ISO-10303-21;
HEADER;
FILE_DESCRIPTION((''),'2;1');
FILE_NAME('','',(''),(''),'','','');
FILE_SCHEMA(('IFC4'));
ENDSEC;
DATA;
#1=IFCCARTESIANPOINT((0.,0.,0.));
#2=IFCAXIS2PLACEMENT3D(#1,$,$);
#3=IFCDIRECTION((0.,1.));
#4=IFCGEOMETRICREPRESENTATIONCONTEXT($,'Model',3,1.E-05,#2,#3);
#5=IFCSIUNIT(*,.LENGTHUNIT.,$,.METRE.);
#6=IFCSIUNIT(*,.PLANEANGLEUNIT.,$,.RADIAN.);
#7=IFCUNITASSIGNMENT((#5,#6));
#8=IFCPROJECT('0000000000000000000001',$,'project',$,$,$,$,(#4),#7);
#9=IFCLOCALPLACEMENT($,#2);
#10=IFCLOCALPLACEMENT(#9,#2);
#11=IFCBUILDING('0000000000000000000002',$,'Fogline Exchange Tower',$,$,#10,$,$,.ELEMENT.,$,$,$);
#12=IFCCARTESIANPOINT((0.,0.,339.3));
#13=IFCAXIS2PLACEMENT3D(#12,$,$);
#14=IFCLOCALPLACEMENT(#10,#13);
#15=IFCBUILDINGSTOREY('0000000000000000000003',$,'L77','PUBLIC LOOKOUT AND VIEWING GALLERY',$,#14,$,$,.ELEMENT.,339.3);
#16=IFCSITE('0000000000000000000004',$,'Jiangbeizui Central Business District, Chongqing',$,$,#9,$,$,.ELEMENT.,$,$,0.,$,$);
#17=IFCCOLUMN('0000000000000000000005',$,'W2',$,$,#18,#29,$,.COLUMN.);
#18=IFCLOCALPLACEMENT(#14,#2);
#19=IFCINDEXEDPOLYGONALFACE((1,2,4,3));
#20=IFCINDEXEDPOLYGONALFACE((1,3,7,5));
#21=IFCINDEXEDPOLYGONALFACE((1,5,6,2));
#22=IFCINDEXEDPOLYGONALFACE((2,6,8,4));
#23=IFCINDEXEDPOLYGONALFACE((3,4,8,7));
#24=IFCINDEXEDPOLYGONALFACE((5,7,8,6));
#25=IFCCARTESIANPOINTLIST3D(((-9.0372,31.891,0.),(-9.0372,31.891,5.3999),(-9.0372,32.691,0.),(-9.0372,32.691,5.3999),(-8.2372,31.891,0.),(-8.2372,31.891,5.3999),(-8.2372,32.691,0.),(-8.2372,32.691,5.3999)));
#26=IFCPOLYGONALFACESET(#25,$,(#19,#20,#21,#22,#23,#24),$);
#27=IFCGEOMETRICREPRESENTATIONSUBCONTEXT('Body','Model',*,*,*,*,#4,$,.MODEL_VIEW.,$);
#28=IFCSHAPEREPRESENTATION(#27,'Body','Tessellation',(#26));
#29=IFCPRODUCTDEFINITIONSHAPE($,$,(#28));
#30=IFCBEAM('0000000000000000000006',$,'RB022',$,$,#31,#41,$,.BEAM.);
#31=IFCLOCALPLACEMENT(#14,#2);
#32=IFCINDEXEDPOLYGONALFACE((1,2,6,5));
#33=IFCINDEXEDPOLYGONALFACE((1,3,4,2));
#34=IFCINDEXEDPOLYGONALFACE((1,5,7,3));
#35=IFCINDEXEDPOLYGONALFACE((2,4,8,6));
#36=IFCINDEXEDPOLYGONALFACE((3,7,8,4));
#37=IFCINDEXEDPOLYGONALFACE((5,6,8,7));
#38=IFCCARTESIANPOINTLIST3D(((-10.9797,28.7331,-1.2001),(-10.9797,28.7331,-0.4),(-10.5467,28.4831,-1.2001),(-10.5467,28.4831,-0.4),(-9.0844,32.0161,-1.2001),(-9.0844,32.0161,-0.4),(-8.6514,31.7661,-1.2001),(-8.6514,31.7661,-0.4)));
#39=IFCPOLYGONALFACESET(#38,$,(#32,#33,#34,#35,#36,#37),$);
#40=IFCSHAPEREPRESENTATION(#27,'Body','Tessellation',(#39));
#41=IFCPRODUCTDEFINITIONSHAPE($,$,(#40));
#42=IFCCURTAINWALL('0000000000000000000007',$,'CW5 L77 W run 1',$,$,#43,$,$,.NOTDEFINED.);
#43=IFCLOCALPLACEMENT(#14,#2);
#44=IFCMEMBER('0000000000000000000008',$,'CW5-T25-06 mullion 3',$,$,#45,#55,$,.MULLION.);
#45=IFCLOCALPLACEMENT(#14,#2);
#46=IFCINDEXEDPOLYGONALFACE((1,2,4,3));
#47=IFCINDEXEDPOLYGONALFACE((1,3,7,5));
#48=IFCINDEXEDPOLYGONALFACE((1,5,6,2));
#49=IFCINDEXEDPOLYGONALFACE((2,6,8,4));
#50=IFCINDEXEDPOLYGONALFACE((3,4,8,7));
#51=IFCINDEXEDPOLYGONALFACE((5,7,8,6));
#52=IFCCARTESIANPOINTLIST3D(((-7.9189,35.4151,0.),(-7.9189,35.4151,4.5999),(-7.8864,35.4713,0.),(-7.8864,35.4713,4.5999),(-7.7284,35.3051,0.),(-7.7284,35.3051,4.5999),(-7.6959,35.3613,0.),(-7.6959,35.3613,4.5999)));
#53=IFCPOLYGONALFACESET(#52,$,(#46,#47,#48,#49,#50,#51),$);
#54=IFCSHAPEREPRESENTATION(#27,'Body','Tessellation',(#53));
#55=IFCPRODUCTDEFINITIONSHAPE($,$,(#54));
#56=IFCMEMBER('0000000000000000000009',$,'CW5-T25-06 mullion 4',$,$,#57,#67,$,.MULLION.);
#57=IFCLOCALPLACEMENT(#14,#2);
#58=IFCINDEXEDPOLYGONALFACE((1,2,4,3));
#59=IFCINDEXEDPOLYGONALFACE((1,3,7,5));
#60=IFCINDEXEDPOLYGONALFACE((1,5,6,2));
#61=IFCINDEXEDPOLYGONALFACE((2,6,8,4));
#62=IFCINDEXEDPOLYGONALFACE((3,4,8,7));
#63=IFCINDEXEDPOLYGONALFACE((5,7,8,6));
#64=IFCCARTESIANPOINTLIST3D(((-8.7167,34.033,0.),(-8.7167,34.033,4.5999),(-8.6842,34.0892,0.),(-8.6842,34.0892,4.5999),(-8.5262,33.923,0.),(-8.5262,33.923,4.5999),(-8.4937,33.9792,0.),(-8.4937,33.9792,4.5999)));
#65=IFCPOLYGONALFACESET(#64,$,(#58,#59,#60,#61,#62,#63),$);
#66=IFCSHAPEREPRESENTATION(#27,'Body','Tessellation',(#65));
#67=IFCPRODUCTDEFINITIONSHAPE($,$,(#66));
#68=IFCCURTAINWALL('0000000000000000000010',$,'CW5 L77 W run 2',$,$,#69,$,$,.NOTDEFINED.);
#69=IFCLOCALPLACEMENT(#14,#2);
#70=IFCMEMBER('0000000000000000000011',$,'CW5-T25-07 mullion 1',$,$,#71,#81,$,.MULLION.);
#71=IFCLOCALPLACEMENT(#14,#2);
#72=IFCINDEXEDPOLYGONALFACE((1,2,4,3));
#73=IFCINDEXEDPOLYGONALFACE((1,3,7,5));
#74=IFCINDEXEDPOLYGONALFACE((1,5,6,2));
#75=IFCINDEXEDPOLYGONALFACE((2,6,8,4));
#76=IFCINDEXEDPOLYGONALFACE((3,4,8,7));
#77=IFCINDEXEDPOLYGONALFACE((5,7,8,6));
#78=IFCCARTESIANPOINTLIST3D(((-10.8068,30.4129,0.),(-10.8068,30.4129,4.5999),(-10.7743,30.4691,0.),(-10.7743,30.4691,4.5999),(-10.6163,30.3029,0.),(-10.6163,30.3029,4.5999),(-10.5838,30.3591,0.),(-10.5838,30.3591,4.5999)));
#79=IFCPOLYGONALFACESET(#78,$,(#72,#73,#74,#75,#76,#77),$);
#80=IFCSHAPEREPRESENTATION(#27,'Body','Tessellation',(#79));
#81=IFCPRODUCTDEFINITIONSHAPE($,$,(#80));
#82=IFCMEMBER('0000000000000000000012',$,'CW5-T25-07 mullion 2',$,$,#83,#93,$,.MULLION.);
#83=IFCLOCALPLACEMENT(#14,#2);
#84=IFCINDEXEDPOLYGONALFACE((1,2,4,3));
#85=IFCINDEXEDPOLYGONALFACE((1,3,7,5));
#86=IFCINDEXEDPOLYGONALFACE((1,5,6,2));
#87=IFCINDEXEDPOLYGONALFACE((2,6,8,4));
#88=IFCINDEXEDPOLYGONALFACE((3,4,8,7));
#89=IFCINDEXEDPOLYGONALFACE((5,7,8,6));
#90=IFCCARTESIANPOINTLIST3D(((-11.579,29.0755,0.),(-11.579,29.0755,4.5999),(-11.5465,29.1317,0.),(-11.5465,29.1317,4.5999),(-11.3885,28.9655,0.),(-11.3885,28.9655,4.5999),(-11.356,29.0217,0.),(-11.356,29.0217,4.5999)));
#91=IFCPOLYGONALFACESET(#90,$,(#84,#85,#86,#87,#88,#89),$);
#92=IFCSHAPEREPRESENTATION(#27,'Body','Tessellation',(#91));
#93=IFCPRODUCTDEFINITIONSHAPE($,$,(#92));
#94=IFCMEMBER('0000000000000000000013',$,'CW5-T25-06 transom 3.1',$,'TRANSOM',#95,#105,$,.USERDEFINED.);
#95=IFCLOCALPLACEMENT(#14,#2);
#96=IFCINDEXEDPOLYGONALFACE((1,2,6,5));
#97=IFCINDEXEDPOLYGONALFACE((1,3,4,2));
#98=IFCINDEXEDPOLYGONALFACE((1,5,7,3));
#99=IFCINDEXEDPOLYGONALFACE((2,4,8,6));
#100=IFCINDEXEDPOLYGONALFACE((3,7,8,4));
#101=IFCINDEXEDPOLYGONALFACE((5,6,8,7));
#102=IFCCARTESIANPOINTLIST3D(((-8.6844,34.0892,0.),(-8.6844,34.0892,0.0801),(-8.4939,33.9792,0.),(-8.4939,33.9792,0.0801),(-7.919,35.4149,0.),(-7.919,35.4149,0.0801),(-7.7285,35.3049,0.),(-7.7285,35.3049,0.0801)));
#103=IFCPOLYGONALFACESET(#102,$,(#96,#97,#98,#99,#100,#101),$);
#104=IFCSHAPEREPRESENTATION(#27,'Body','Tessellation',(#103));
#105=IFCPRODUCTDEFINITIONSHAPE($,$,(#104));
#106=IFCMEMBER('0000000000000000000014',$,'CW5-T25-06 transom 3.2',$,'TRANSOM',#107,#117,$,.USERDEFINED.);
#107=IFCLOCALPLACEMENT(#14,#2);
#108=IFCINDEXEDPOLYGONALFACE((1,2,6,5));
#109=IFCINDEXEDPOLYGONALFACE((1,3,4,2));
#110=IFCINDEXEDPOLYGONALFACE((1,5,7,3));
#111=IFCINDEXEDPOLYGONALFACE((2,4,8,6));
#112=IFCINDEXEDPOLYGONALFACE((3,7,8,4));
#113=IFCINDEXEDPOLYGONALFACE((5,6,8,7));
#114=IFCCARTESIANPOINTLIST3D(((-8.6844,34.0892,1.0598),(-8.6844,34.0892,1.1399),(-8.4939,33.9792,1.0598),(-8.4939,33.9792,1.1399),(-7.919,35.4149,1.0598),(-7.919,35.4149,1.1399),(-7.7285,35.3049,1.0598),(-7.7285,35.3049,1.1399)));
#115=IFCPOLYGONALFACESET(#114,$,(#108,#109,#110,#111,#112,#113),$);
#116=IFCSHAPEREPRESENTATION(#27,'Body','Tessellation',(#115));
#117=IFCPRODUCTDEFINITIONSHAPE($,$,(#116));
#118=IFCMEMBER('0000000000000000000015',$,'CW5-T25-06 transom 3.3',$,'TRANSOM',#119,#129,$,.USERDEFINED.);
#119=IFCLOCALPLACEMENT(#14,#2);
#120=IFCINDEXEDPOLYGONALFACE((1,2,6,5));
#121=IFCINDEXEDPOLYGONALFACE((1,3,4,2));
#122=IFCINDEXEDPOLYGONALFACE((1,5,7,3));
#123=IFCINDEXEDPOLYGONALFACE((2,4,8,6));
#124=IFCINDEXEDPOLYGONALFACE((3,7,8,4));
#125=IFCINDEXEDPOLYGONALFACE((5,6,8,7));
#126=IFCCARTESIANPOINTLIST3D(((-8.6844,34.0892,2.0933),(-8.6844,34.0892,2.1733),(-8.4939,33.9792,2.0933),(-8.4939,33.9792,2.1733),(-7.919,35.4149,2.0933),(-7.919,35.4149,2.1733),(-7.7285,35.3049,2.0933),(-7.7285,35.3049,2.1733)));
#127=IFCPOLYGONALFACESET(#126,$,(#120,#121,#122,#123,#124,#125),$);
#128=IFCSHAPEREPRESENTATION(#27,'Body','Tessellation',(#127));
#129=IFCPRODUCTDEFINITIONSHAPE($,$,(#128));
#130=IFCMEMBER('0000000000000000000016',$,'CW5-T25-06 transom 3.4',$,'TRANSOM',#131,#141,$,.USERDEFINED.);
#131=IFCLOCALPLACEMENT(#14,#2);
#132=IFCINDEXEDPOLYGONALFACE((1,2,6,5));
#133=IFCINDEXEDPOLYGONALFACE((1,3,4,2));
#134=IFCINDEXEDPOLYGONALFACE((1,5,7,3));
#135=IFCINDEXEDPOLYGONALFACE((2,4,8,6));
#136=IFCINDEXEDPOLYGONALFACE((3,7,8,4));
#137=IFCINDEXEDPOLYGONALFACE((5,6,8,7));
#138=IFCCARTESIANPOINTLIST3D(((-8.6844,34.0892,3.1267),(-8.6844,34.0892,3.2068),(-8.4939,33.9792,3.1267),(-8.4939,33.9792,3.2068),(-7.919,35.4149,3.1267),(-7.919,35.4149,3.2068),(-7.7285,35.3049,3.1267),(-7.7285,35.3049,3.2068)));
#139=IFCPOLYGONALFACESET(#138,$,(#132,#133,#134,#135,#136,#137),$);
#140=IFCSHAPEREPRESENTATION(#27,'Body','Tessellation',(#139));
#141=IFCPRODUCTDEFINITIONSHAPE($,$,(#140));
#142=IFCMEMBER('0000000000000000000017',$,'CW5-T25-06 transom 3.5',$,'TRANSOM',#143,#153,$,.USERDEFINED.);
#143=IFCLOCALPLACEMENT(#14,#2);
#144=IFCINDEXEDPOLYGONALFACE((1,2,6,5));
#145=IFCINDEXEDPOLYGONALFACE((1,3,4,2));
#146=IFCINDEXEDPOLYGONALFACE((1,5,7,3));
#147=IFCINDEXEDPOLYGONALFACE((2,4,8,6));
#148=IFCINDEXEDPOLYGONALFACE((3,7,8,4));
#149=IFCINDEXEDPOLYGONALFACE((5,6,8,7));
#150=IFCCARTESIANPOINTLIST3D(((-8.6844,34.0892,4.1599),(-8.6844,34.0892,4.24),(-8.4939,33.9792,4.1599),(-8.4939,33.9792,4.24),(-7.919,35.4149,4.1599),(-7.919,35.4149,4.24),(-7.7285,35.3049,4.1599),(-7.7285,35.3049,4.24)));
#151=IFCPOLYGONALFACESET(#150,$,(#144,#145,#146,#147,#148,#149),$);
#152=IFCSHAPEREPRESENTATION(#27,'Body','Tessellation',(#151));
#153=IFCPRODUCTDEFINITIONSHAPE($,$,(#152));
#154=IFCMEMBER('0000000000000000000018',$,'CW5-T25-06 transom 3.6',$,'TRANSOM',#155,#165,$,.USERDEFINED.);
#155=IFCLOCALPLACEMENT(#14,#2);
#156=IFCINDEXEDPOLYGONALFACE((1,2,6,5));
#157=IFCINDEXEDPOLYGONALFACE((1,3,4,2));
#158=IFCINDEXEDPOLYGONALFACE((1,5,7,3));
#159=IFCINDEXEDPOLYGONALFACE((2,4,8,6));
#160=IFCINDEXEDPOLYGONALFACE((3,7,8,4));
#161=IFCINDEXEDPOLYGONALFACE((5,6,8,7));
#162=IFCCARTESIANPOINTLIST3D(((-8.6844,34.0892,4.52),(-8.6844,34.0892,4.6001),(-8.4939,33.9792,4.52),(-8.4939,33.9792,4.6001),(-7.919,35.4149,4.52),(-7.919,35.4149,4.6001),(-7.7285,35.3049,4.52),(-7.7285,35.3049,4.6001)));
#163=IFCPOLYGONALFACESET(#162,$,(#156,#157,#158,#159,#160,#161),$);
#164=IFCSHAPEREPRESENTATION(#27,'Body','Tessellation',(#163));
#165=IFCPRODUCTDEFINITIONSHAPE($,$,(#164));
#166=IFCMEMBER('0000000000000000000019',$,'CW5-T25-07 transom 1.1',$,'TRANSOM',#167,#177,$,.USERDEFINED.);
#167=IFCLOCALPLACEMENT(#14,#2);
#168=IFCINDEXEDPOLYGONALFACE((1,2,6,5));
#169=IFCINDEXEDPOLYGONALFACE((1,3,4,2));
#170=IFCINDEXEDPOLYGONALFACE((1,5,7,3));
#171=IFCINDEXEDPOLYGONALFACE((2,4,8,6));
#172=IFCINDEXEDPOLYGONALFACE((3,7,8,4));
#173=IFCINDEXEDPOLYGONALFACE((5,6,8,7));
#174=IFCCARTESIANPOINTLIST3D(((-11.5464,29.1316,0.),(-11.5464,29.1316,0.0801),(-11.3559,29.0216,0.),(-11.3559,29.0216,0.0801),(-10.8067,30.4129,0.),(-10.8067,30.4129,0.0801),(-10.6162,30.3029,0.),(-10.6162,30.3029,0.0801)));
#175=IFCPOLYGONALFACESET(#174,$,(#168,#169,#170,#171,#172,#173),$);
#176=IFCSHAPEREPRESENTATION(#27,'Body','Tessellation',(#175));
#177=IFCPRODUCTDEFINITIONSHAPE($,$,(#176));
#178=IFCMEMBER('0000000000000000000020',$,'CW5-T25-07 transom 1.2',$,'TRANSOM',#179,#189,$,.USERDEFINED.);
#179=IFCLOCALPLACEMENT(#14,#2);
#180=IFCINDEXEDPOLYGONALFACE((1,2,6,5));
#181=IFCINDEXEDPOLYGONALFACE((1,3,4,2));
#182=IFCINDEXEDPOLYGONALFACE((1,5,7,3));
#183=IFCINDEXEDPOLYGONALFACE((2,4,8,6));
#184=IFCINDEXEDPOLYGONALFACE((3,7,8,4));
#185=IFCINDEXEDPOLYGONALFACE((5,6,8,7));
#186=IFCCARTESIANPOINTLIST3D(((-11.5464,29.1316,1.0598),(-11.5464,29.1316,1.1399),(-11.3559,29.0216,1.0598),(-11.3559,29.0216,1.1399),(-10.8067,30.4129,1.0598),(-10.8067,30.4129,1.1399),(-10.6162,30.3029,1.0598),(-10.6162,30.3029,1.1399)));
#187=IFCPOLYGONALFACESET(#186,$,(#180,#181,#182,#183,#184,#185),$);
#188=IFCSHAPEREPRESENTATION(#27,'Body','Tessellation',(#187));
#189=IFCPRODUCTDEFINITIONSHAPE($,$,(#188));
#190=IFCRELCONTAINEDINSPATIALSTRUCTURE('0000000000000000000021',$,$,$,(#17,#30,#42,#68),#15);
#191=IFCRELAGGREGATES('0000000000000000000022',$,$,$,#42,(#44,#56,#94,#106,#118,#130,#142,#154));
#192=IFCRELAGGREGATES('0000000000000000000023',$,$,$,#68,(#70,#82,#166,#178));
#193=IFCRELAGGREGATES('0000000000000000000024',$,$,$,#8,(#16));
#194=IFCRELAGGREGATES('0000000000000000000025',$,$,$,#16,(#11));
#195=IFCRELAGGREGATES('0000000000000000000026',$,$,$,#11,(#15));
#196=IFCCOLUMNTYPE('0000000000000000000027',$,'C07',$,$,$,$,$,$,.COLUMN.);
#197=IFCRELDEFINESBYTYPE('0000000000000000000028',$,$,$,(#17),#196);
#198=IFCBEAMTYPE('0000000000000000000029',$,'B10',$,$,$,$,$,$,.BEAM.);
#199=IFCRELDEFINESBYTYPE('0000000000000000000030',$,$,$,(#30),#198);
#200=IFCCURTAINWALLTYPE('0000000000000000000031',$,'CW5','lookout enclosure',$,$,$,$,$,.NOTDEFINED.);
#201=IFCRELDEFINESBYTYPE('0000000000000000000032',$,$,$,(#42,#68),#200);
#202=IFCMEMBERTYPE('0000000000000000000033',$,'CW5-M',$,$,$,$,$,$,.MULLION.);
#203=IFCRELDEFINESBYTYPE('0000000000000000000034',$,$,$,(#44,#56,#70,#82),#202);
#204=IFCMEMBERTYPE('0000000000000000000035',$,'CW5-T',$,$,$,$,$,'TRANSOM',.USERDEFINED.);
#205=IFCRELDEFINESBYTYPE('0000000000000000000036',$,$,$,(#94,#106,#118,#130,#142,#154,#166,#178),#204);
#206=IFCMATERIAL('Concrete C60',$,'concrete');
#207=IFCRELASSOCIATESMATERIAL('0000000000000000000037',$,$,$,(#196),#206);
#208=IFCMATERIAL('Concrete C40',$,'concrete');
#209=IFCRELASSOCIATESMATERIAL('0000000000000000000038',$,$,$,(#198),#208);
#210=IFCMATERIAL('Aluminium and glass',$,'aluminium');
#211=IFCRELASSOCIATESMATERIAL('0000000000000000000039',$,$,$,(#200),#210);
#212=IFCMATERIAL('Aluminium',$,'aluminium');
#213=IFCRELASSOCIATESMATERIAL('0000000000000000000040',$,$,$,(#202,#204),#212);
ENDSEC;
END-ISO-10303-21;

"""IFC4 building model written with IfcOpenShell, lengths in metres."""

from ifc_helpers import new_model, si_unit, direction, frame, origin, origin_2d, place, context, subcontext, project, spatial, rectangle, extrude, material, material_profile, profile_set, type_object, element, aggregate, save


model = new_model("IFC4")

# Units and contexts
model_context = context("Model", 3, precision=1e-05, world=origin(), true_north=direction((0.0, 1.0)))
body_context = subcontext(model_context, "Body", "Model", "MODEL_VIEW")
ifc_project = project(units=[si_unit("LENGTHUNIT", "METRE"), si_unit("PLANEANGLEUNIT", "RADIAN")], contexts=[model_context])

# Site, building, storey
site_placement = place(None, origin())
site = spatial("IfcSite", under=ifc_project, at=site_placement, Name="Jiangbeizui Central Business District, Chongqing", CompositionType="ELEMENT", RefElevation=0.0)
building_placement = place(site_placement, origin())
building = spatial("IfcBuilding", under=site, at=building_placement, Name="Fogline Exchange Tower", CompositionType="ELEMENT")
storey_placement = place(building_placement, frame((0.0, 0.0, 339.3)))
storey = spatial("IfcBuildingStorey", under=building, at=storey_placement, Name="L77", Description="PUBLIC LOOKOUT AND VIEWING GALLERY", CompositionType="ELEMENT", Elevation=339.3)

# Column
ifc_material_1 = material(Name="Concrete C60", Category="concrete")
ifc_material_profile_1 = material_profile(ifc_material_1, rectangle(XDim=0.8, YDim=0.8, at=origin_2d()), Name="RC 800x800")
ifc_profile_set_1 = profile_set([ifc_material_profile_1], Name="Concrete C60")
column_type = type_object("IfcColumnType", Name="C07", PredefinedType="COLUMN", material=ifc_profile_set_1)
column_placement = place(storey_placement, frame((-8.6372, 32.291, 0.0), z_axis=(0.0, 0.0, 1.0), x_axis=(1.0, 0.0, 0.0)))
element("IfcColumn", 1, at=column_placement, inside=storey, type_object=column_type, Name="W2", PredefinedType="COLUMN", context=body_context, shape_type="SweptSolid", body=[
    extrude(rectangle(XDim=0.8, YDim=0.8, at=origin_2d()), origin(), (0.0, 0.0, 1.0), 5.3999),
])

# Beam
ifc_material_2 = material(Name="Concrete C40", Category="concrete")
ifc_material_profile_2 = material_profile(ifc_material_2, rectangle(XDim=0.5, YDim=0.8, at=origin_2d()), Name="RC 500x800")
ifc_profile_set_2 = profile_set([ifc_material_profile_2], Name="Concrete C40")
beam_type = type_object("IfcBeamType", Name="B10", PredefinedType="BEAM", material=ifc_profile_set_2)
beam_placement = place(storey_placement, frame((-8.8679, 31.8911, -0.8), z_axis=(-0.49997, -0.866043, 0.0), x_axis=(0.866043, -0.49997, 0.0)))
element("IfcBeam", 2, at=beam_placement, inside=storey, type_object=beam_type, Name="RB022", PredefinedType="BEAM", context=body_context, shape_type="SweptSolid", body=[
    extrude(rectangle(XDim=0.5, YDim=0.8, at=origin_2d()), origin(), (0.0, 0.0, 1.0), 3.7908),
])

# Curtain walls, members
ifc_material_3 = material(Name="Aluminium and glass", Category="aluminium")
curtain_wall_type = type_object("IfcCurtainWallType", Name="CW5", Description="lookout enclosure", PredefinedType="NOTDEFINED", material=ifc_material_3)
curtain_wall_1_placement = place(storey_placement, origin())
curtain_wall_1 = element("IfcCurtainWall", 3, at=curtain_wall_1_placement, inside=storey, type_object=curtain_wall_type, Name="CW5 L77 W run 1", PredefinedType="NOTDEFINED")
ifc_material_4 = material(Name="Aluminium", Category="aluminium")
ifc_material_profile_3 = material_profile(ifc_material_4, rectangle(XDim=0.22, YDim=0.0649, at=origin_2d()), Name="Mullion 65x220")
ifc_profile_set_3 = profile_set([ifc_material_profile_3], Name="Aluminium")
member_type_1 = type_object("IfcMemberType", Name="CW5-M", PredefinedType="MULLION", material=ifc_profile_set_3)
member_1_placement = place(storey_placement, frame((-7.8074, 35.3882, 0.0), z_axis=(0.0, 0.0, 1.0), x_axis=(0.866025, -0.5, 0.0)))
member_1 = element("IfcMember", 4, at=member_1_placement, type_object=member_type_1, Name="CW5-T25-06 mullion 3", PredefinedType="MULLION", context=body_context, shape_type="SweptSolid", body=[
    extrude(rectangle(XDim=0.22, YDim=0.0649, at=origin_2d()), origin(), (0.0, 0.0, 1.0), 4.5999),
])
member_2_placement = place(storey_placement, frame((-8.6052, 34.0061, 0.0), z_axis=(0.0, 0.0, 1.0), x_axis=(0.866025, -0.5, 0.0)))
member_2 = element("IfcMember", 5, at=member_2_placement, type_object=member_type_1, Name="CW5-T25-06 mullion 4", PredefinedType="MULLION", context=body_context, shape_type="SweptSolid", body=[
    extrude(rectangle(XDim=0.22, YDim=0.0649, at=origin_2d()), origin(), (0.0, 0.0, 1.0), 4.5999),
])
curtain_wall_2_placement = place(storey_placement, origin())
curtain_wall_2 = element("IfcCurtainWall", 6, at=curtain_wall_2_placement, inside=storey, type_object=curtain_wall_type, Name="CW5 L77 W run 2", PredefinedType="NOTDEFINED")
member_3_placement = place(storey_placement, frame((-10.6953, 30.386, 0.0), z_axis=(0.0, 0.0, 1.0), x_axis=(0.866025, -0.5, 0.0)))
member_3 = element("IfcMember", 7, at=member_3_placement, type_object=member_type_1, Name="CW5-T25-07 mullion 1", PredefinedType="MULLION", context=body_context, shape_type="SweptSolid", body=[
    extrude(rectangle(XDim=0.22, YDim=0.0649, at=origin_2d()), origin(), (0.0, 0.0, 1.0), 4.5999),
])
member_4_placement = place(storey_placement, frame((-11.4675, 29.0486, 0.0), z_axis=(0.0, 0.0, 1.0), x_axis=(0.866025, -0.5, 0.0)))
member_4 = element("IfcMember", 8, at=member_4_placement, type_object=member_type_1, Name="CW5-T25-07 mullion 2", PredefinedType="MULLION", context=body_context, shape_type="SweptSolid", body=[
    extrude(rectangle(XDim=0.22, YDim=0.0649, at=origin_2d()), origin(), (0.0, 0.0, 1.0), 4.5999),
])

# Members
ifc_material_profile_4 = material_profile(ifc_material_4, rectangle(XDim=0.22, YDim=0.0801, at=origin_2d()), Name="Transom 80x220")
ifc_profile_set_4 = profile_set([ifc_material_profile_4], Name="Aluminium")
member_type_2 = type_object("IfcMemberType", Name="CW5-T", ElementType="TRANSOM", PredefinedType="USERDEFINED", material=ifc_profile_set_4)
member_5_placement = place(storey_placement, frame((-7.8237, 35.3599, 0.04), z_axis=(-0.499999, -0.866026, 0.0), x_axis=(0.866026, -0.499999, 0.0)))
member_5 = element("IfcMember", 9, at=member_5_placement, type_object=member_type_2, Name="CW5-T25-06 transom 3.1", ObjectType="TRANSOM", PredefinedType="USERDEFINED", context=body_context, shape_type="SweptSolid", body=[
    extrude(rectangle(XDim=0.22, YDim=0.0801, at=origin_2d()), origin(), (0.0, 0.0, 1.0), 1.5308),
])
member_6_placement = place(storey_placement, frame((-7.8237, 35.3599, 1.0999), z_axis=(-0.499999, -0.866026, 0.0), x_axis=(0.866026, -0.499999, 0.0)))
member_6 = element("IfcMember", 10, at=member_6_placement, type_object=member_type_2, Name="CW5-T25-06 transom 3.2", ObjectType="TRANSOM", PredefinedType="USERDEFINED", context=body_context, shape_type="SweptSolid", body=[
    extrude(rectangle(XDim=0.22, YDim=0.0801, at=origin_2d()), origin(), (0.0, 0.0, 1.0), 1.5308),
])
member_7_placement = place(storey_placement, frame((-7.8237, 35.3599, 2.1333), z_axis=(-0.499999, -0.866026, 0.0), x_axis=(0.866026, -0.499999, 0.0)))
member_7 = element("IfcMember", 11, at=member_7_placement, type_object=member_type_2, Name="CW5-T25-06 transom 3.3", ObjectType="TRANSOM", PredefinedType="USERDEFINED", context=body_context, shape_type="SweptSolid", body=[
    extrude(rectangle(XDim=0.22, YDim=0.0801, at=origin_2d()), origin(), (0.0, 0.0, 1.0), 1.5308),
])
member_8_placement = place(storey_placement, frame((-7.8237, 35.3599, 3.1667), z_axis=(-0.499999, -0.866026, 0.0), x_axis=(0.866026, -0.499999, 0.0)))
member_8 = element("IfcMember", 12, at=member_8_placement, type_object=member_type_2, Name="CW5-T25-06 transom 3.4", ObjectType="TRANSOM", PredefinedType="USERDEFINED", context=body_context, shape_type="SweptSolid", body=[
    extrude(rectangle(XDim=0.22, YDim=0.0801, at=origin_2d()), origin(), (0.0, 0.0, 1.0), 1.5308),
])
member_9_placement = place(storey_placement, frame((-7.8237, 35.3599, 4.2), z_axis=(-0.499999, -0.866026, 0.0), x_axis=(0.866026, -0.499999, 0.0)))
member_9 = element("IfcMember", 13, at=member_9_placement, type_object=member_type_2, Name="CW5-T25-06 transom 3.5", ObjectType="TRANSOM", PredefinedType="USERDEFINED", context=body_context, shape_type="SweptSolid", body=[
    extrude(rectangle(XDim=0.22, YDim=0.0801, at=origin_2d()), origin(), (0.0, 0.0, 1.0), 1.5308),
])
member_10_placement = place(storey_placement, frame((-7.8237, 35.3599, 4.5601), z_axis=(-0.499999, -0.866026, 0.0), x_axis=(0.866026, -0.499999, 0.0)))
member_10 = element("IfcMember", 14, at=member_10_placement, type_object=member_type_2, Name="CW5-T25-06 transom 3.6", ObjectType="TRANSOM", PredefinedType="USERDEFINED", context=body_context, shape_type="SweptSolid", body=[
    extrude(rectangle(XDim=0.22, YDim=0.0801, at=origin_2d()), origin(), (0.0, 0.0, 1.0), 1.5308),
])
member_11_placement = place(storey_placement, frame((-10.7114, 30.3579, 0.04), z_axis=(-0.500008, -0.866021, 0.0), x_axis=(0.866021, -0.500008, 0.0)))
member_11 = element("IfcMember", 15, at=member_11_placement, type_object=member_type_2, Name="CW5-T25-07 transom 1.1", ObjectType="TRANSOM", PredefinedType="USERDEFINED", context=body_context, shape_type="SweptSolid", body=[
    extrude(rectangle(XDim=0.22, YDim=0.0801, at=origin_2d()), origin(), (0.0, 0.0, 1.0), 1.4795),
])
member_12_placement = place(storey_placement, frame((-10.7114, 30.3579, 1.0999), z_axis=(-0.500008, -0.866021, 0.0), x_axis=(0.866021, -0.500008, 0.0)))
member_12 = element("IfcMember", 16, at=member_12_placement, type_object=member_type_2, Name="CW5-T25-07 transom 1.2", ObjectType="TRANSOM", PredefinedType="USERDEFINED", context=body_context, shape_type="SweptSolid", body=[
    extrude(rectangle(XDim=0.22, YDim=0.0801, at=origin_2d()), origin(), (0.0, 0.0, 1.0), 1.4795),
])

aggregate(curtain_wall_1, [member_1, member_2, member_5, member_6, member_7, member_8, member_9, member_10])
aggregate(curtain_wall_2, [member_3, member_4, member_11, member_12])

save(model, "model.ifc")
